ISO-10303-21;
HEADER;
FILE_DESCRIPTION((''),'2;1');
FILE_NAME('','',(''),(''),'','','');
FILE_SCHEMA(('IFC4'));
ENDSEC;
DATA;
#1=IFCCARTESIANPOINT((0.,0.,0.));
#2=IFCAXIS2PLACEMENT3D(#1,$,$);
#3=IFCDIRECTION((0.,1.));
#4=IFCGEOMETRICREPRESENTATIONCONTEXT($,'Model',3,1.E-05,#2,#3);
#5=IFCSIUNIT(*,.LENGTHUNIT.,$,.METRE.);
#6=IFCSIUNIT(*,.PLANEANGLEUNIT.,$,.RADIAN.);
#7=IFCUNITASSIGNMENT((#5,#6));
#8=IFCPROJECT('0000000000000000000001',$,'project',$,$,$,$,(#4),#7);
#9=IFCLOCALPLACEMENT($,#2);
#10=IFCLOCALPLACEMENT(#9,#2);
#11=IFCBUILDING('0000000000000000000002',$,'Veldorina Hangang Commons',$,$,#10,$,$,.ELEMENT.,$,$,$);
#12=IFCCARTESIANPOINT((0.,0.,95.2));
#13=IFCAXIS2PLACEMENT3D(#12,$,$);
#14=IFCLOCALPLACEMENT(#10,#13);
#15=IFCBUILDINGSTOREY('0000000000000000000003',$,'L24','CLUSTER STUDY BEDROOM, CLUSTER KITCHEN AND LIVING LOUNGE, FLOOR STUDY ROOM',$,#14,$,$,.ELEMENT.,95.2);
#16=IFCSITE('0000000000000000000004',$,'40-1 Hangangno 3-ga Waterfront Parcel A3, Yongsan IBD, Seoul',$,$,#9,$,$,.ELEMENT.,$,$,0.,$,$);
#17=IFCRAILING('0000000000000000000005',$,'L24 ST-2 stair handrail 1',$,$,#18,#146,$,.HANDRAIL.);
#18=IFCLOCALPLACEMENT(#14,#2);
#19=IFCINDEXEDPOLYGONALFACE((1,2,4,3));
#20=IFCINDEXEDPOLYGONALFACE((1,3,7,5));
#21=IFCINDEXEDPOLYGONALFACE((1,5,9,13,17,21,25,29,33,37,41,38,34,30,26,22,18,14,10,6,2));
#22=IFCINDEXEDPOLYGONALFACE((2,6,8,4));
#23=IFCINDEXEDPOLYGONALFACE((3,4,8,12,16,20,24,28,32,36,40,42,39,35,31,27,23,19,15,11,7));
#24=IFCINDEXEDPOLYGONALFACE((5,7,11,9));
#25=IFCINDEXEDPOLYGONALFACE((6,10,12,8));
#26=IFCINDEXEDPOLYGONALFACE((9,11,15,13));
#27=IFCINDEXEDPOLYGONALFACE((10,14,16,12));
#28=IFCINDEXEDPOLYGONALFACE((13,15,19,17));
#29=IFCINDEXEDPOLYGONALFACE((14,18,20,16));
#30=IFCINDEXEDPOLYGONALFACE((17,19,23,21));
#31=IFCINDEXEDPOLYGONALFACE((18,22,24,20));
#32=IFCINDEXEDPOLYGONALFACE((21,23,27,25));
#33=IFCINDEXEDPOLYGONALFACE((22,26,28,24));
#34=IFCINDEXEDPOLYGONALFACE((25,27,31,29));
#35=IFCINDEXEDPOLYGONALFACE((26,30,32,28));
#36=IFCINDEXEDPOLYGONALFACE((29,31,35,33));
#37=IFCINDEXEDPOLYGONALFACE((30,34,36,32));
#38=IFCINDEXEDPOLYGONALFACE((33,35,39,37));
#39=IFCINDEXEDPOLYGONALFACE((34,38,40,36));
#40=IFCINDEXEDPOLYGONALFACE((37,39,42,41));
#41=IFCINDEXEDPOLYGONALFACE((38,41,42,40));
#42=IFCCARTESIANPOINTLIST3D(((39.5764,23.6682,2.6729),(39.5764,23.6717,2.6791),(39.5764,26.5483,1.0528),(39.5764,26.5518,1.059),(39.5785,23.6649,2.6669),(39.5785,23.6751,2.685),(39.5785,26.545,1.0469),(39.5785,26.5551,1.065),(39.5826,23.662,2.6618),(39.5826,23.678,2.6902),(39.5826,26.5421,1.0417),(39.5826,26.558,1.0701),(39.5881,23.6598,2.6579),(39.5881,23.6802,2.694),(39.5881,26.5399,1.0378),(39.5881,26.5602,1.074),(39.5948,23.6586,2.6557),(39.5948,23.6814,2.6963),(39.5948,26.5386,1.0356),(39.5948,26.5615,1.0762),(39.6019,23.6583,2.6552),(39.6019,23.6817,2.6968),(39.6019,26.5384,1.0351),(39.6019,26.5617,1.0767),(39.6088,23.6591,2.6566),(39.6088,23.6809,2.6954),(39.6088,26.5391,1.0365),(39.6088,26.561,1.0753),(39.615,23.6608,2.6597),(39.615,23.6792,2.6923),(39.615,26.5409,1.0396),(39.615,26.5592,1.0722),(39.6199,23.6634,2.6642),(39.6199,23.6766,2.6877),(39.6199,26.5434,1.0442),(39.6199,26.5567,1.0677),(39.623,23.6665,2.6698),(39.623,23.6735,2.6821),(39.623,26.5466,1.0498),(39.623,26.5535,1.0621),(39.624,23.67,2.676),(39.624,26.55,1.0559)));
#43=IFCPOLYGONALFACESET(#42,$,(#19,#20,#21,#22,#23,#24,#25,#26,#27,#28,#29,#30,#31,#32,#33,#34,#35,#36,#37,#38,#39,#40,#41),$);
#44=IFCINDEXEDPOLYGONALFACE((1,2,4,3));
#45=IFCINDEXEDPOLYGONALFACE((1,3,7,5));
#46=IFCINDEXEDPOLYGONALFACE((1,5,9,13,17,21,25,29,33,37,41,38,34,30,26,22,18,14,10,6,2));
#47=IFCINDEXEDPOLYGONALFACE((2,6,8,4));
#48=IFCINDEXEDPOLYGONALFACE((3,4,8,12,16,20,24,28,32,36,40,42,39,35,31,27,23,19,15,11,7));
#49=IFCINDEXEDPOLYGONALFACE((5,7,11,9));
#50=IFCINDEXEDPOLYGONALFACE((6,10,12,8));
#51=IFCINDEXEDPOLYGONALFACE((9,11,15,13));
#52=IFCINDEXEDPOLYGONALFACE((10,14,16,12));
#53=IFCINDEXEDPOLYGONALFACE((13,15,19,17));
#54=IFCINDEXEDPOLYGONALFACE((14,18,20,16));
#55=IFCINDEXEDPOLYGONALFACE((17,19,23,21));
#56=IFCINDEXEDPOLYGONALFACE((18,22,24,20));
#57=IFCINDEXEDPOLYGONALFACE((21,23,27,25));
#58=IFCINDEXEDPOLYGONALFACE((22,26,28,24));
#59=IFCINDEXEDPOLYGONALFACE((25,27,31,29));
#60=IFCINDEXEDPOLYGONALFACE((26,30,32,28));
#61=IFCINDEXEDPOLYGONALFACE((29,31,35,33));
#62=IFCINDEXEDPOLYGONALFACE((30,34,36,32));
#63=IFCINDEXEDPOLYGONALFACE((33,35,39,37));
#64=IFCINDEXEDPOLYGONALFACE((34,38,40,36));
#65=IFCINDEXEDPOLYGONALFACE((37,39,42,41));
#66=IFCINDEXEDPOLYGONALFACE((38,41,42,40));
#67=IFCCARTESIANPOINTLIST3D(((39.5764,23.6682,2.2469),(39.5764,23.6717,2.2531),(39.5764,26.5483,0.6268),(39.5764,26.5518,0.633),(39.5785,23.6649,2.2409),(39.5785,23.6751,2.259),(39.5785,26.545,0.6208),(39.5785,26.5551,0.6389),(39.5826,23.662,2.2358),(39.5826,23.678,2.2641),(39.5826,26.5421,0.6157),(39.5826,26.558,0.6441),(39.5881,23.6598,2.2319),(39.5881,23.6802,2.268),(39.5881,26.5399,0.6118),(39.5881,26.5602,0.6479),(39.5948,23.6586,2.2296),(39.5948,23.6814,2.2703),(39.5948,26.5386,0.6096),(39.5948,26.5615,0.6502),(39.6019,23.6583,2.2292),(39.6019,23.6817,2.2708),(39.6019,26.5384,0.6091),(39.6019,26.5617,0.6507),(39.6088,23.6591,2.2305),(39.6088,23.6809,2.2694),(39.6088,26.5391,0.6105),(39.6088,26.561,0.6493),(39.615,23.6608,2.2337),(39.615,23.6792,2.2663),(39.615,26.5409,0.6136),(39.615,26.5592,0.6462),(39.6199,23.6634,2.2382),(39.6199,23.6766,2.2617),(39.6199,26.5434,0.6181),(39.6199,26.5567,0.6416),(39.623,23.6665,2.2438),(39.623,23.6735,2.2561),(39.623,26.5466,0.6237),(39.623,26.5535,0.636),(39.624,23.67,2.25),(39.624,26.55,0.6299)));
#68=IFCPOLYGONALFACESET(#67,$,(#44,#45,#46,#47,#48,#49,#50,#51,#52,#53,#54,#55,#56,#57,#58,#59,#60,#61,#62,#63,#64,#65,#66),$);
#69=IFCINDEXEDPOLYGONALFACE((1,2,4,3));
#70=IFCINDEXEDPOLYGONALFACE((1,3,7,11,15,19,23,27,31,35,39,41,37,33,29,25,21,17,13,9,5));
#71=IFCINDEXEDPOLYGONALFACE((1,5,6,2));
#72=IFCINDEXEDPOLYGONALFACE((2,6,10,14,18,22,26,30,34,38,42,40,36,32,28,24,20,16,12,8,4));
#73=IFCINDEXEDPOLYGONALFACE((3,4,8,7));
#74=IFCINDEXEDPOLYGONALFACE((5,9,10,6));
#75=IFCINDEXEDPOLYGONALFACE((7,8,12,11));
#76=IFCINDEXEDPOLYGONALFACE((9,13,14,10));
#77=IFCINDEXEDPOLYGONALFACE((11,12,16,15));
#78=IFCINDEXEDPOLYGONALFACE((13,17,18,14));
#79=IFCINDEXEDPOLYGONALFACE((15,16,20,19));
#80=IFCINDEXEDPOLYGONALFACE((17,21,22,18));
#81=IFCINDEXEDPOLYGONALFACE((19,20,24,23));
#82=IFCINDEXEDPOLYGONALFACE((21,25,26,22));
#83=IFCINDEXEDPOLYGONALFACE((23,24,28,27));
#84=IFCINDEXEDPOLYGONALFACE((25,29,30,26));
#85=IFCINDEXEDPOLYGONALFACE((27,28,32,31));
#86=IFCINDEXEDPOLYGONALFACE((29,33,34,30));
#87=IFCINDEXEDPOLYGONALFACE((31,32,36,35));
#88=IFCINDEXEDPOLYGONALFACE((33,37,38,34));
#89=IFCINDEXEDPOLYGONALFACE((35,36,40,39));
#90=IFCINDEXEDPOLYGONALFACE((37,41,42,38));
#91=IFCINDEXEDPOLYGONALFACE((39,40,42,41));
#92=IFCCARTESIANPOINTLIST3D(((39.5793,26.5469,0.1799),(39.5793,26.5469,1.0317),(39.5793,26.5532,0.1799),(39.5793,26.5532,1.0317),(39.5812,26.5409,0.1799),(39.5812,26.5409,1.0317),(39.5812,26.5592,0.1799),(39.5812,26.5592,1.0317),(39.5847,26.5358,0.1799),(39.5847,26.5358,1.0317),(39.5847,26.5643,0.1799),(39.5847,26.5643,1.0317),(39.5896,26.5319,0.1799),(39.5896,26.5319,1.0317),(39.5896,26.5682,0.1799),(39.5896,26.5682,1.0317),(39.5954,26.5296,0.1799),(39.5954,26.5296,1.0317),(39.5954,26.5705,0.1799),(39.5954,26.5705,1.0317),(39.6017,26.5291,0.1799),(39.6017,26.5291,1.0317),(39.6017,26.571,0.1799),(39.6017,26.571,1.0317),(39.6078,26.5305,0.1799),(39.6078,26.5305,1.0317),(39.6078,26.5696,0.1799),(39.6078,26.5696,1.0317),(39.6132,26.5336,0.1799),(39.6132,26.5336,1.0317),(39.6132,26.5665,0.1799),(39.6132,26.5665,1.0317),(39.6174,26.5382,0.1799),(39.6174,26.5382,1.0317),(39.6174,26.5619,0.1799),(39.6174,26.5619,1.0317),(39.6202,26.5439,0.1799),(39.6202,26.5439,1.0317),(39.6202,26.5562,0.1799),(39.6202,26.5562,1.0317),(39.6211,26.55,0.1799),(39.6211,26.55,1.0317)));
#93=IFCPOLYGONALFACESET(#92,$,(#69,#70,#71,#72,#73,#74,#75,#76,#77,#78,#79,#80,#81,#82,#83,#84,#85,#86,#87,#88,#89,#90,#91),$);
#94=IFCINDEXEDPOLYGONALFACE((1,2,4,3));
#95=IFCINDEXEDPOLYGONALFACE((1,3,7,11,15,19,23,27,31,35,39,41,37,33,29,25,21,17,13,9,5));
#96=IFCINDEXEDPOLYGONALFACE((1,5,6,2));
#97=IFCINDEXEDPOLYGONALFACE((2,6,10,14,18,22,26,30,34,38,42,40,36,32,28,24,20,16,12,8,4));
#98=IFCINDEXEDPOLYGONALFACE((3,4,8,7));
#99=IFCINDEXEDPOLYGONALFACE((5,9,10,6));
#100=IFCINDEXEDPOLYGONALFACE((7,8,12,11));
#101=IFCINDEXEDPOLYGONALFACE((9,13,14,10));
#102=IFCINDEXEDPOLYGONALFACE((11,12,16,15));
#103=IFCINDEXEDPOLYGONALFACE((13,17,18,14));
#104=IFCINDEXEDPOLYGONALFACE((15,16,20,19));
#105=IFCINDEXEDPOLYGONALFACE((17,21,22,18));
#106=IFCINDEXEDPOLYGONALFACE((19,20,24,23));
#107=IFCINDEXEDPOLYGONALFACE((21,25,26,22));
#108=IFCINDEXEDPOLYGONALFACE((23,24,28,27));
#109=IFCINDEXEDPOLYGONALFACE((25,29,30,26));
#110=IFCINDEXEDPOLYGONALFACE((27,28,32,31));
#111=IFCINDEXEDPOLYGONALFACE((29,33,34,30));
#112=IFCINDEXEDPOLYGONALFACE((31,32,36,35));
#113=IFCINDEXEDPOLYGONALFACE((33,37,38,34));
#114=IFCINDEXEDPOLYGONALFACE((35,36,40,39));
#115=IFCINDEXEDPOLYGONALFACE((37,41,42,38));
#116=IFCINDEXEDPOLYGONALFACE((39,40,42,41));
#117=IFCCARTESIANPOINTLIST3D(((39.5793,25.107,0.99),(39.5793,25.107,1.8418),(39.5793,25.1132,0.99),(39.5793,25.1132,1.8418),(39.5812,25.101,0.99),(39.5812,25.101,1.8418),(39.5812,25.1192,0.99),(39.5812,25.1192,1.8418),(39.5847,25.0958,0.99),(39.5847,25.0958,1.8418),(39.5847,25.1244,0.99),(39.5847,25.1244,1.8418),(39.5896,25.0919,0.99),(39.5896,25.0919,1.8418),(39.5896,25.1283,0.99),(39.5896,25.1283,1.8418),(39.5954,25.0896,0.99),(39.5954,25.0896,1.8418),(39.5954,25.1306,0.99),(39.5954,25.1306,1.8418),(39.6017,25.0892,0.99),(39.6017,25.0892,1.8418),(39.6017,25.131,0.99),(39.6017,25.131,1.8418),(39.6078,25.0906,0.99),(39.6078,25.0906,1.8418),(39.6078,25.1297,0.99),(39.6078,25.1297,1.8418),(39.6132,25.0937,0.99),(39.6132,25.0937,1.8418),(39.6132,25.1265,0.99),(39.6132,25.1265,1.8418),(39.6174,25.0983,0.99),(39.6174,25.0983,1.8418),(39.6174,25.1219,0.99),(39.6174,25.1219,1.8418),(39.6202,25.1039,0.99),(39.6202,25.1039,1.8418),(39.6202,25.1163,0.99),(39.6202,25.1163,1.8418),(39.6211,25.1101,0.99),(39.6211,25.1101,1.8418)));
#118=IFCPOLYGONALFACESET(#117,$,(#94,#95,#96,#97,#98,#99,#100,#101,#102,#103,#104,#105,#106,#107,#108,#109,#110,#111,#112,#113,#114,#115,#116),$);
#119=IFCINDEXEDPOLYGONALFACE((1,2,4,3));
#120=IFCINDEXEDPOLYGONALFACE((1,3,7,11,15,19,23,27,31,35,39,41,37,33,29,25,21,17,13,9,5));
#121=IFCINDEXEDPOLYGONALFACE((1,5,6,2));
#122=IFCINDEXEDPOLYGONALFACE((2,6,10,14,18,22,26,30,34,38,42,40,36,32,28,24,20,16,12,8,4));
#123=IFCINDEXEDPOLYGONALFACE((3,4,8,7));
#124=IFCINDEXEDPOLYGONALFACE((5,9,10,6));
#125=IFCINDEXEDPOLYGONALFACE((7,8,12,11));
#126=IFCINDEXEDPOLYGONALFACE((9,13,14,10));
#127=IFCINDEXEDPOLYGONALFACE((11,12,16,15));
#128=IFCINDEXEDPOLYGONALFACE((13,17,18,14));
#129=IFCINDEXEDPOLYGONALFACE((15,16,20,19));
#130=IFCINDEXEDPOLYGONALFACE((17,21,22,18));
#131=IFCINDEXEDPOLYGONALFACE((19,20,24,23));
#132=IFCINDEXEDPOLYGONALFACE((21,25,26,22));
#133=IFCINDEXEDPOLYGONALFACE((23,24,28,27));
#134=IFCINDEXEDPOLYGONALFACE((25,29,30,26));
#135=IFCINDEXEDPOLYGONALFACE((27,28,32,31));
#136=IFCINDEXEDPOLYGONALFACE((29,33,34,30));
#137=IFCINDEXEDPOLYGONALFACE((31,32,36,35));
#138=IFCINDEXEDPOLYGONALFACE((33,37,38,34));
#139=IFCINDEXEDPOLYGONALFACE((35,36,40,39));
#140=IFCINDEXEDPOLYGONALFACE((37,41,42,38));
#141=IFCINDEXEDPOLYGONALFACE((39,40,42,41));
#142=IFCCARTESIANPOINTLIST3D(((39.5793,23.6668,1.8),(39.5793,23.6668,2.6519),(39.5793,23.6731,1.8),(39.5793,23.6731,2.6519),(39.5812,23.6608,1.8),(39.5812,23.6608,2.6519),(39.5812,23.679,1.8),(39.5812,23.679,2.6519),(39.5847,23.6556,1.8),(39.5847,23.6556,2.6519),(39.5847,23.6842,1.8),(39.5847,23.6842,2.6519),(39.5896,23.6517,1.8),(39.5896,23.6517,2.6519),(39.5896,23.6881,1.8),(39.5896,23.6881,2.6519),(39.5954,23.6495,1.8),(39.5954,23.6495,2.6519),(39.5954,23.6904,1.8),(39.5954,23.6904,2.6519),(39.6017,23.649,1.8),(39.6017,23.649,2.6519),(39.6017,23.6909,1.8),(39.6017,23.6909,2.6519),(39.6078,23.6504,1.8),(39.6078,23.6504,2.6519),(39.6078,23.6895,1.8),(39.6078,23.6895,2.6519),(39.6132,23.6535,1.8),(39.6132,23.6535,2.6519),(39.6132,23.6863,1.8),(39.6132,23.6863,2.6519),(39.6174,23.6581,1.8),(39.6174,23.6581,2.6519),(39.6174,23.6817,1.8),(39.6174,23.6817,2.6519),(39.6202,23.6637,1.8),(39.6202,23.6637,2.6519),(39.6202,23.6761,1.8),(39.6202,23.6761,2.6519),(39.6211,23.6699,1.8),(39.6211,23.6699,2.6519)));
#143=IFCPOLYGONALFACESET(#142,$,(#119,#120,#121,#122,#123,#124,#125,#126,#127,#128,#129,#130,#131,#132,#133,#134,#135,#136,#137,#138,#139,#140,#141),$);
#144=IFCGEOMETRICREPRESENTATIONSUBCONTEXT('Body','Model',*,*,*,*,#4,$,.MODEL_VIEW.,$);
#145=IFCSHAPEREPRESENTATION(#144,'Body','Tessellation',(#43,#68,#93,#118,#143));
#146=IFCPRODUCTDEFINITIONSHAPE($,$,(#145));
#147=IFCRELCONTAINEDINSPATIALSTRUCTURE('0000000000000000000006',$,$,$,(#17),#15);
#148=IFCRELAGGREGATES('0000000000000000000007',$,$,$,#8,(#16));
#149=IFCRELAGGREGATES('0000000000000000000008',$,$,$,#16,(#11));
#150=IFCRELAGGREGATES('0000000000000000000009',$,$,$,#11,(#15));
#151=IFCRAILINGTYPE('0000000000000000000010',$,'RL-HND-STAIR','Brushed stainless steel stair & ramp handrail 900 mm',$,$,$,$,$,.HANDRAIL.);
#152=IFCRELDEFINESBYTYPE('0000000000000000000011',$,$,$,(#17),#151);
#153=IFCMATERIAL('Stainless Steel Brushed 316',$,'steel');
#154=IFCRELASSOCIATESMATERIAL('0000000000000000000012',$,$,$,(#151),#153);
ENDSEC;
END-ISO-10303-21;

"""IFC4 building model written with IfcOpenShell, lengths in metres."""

from ifc_helpers import new_model, si_unit, direction, frame, origin, origin_2d, place, context, subcontext, project, spatial, circle, extrude, material, type_object, element, save


model = new_model("IFC4")

# Units and contexts
model_context = context("Model", 3, precision=1e-05, world=origin(), true_north=direction((0.0, 1.0)))
body_context = subcontext(model_context, "Body", "Model", "MODEL_VIEW")
ifc_project = project(units=[si_unit("LENGTHUNIT", "METRE"), si_unit("PLANEANGLEUNIT", "RADIAN")], contexts=[model_context])

# Site, building, storey
site_placement = place(None, origin())
site = spatial("IfcSite", under=ifc_project, at=site_placement, Name="40-1 Hangangno 3-ga Waterfront Parcel A3, Yongsan IBD, Seoul", CompositionType="ELEMENT", RefElevation=0.0)
building_placement = place(site_placement, origin())
building = spatial("IfcBuilding", under=site, at=building_placement, Name="Veldorina Hangang Commons", CompositionType="ELEMENT")
storey_placement = place(building_placement, frame((0.0, 0.0, 95.2)))
storey = spatial("IfcBuildingStorey", under=building, at=storey_placement, Name="L24", Description="CLUSTER STUDY BEDROOM, CLUSTER KITCHEN AND LIVING LOUNGE, FLOOR STUDY ROOM", CompositionType="ELEMENT", Elevation=95.2)

# Railing
ifc_material_1 = material(Name="Stainless Steel Brushed 316", Category="steel")
railing_type_1 = type_object("IfcRailingType", Name="RL-HND-STAIR", Description="Brushed stainless steel stair & ramp handrail 900 mm", PredefinedType="HANDRAIL", material=ifc_material_1)
railing_1_placement = place(storey_placement, frame((39.6001, 26.55, 0.1799)))
element("IfcRailing", 1, at=railing_1_placement, inside=storey, type_object=railing_type_1, Name="L24 ST-2 stair handrail 1", PredefinedType="HANDRAIL", context=body_context, shape_type="SweptSolid", body=[
    extrude(circle(Radius=0.0239, at=origin_2d()), frame((0.0, 0.0, 0.876), z_axis=(0.0, -0.87157, 0.490272), x_axis=(1.0, 0.0, 0.0)), (0.0, 0.0, 1.0), 3.3044),
    extrude(circle(Radius=0.0239, at=origin_2d()), frame((0.0, 0.0, 0.45), z_axis=(0.0, -0.87157, 0.490272), x_axis=(1.0, 0.0, 0.0)), (0.0, 0.0, 1.0), 3.3044),
    extrude(circle(Radius=0.021, at=origin_2d()), origin(), (0.0, 0.0, 1.0), 0.8518),
    extrude(circle(Radius=0.021, at=origin_2d()), frame((0.0, -1.4399, 0.8101)), (0.0, 0.0, 1.0), 0.8518),
    extrude(circle(Radius=0.021, at=origin_2d()), frame((0.0, -2.8801, 1.6201)), (0.0, 0.0, 1.0), 0.8518),
])

save(model, "model.ifc")
